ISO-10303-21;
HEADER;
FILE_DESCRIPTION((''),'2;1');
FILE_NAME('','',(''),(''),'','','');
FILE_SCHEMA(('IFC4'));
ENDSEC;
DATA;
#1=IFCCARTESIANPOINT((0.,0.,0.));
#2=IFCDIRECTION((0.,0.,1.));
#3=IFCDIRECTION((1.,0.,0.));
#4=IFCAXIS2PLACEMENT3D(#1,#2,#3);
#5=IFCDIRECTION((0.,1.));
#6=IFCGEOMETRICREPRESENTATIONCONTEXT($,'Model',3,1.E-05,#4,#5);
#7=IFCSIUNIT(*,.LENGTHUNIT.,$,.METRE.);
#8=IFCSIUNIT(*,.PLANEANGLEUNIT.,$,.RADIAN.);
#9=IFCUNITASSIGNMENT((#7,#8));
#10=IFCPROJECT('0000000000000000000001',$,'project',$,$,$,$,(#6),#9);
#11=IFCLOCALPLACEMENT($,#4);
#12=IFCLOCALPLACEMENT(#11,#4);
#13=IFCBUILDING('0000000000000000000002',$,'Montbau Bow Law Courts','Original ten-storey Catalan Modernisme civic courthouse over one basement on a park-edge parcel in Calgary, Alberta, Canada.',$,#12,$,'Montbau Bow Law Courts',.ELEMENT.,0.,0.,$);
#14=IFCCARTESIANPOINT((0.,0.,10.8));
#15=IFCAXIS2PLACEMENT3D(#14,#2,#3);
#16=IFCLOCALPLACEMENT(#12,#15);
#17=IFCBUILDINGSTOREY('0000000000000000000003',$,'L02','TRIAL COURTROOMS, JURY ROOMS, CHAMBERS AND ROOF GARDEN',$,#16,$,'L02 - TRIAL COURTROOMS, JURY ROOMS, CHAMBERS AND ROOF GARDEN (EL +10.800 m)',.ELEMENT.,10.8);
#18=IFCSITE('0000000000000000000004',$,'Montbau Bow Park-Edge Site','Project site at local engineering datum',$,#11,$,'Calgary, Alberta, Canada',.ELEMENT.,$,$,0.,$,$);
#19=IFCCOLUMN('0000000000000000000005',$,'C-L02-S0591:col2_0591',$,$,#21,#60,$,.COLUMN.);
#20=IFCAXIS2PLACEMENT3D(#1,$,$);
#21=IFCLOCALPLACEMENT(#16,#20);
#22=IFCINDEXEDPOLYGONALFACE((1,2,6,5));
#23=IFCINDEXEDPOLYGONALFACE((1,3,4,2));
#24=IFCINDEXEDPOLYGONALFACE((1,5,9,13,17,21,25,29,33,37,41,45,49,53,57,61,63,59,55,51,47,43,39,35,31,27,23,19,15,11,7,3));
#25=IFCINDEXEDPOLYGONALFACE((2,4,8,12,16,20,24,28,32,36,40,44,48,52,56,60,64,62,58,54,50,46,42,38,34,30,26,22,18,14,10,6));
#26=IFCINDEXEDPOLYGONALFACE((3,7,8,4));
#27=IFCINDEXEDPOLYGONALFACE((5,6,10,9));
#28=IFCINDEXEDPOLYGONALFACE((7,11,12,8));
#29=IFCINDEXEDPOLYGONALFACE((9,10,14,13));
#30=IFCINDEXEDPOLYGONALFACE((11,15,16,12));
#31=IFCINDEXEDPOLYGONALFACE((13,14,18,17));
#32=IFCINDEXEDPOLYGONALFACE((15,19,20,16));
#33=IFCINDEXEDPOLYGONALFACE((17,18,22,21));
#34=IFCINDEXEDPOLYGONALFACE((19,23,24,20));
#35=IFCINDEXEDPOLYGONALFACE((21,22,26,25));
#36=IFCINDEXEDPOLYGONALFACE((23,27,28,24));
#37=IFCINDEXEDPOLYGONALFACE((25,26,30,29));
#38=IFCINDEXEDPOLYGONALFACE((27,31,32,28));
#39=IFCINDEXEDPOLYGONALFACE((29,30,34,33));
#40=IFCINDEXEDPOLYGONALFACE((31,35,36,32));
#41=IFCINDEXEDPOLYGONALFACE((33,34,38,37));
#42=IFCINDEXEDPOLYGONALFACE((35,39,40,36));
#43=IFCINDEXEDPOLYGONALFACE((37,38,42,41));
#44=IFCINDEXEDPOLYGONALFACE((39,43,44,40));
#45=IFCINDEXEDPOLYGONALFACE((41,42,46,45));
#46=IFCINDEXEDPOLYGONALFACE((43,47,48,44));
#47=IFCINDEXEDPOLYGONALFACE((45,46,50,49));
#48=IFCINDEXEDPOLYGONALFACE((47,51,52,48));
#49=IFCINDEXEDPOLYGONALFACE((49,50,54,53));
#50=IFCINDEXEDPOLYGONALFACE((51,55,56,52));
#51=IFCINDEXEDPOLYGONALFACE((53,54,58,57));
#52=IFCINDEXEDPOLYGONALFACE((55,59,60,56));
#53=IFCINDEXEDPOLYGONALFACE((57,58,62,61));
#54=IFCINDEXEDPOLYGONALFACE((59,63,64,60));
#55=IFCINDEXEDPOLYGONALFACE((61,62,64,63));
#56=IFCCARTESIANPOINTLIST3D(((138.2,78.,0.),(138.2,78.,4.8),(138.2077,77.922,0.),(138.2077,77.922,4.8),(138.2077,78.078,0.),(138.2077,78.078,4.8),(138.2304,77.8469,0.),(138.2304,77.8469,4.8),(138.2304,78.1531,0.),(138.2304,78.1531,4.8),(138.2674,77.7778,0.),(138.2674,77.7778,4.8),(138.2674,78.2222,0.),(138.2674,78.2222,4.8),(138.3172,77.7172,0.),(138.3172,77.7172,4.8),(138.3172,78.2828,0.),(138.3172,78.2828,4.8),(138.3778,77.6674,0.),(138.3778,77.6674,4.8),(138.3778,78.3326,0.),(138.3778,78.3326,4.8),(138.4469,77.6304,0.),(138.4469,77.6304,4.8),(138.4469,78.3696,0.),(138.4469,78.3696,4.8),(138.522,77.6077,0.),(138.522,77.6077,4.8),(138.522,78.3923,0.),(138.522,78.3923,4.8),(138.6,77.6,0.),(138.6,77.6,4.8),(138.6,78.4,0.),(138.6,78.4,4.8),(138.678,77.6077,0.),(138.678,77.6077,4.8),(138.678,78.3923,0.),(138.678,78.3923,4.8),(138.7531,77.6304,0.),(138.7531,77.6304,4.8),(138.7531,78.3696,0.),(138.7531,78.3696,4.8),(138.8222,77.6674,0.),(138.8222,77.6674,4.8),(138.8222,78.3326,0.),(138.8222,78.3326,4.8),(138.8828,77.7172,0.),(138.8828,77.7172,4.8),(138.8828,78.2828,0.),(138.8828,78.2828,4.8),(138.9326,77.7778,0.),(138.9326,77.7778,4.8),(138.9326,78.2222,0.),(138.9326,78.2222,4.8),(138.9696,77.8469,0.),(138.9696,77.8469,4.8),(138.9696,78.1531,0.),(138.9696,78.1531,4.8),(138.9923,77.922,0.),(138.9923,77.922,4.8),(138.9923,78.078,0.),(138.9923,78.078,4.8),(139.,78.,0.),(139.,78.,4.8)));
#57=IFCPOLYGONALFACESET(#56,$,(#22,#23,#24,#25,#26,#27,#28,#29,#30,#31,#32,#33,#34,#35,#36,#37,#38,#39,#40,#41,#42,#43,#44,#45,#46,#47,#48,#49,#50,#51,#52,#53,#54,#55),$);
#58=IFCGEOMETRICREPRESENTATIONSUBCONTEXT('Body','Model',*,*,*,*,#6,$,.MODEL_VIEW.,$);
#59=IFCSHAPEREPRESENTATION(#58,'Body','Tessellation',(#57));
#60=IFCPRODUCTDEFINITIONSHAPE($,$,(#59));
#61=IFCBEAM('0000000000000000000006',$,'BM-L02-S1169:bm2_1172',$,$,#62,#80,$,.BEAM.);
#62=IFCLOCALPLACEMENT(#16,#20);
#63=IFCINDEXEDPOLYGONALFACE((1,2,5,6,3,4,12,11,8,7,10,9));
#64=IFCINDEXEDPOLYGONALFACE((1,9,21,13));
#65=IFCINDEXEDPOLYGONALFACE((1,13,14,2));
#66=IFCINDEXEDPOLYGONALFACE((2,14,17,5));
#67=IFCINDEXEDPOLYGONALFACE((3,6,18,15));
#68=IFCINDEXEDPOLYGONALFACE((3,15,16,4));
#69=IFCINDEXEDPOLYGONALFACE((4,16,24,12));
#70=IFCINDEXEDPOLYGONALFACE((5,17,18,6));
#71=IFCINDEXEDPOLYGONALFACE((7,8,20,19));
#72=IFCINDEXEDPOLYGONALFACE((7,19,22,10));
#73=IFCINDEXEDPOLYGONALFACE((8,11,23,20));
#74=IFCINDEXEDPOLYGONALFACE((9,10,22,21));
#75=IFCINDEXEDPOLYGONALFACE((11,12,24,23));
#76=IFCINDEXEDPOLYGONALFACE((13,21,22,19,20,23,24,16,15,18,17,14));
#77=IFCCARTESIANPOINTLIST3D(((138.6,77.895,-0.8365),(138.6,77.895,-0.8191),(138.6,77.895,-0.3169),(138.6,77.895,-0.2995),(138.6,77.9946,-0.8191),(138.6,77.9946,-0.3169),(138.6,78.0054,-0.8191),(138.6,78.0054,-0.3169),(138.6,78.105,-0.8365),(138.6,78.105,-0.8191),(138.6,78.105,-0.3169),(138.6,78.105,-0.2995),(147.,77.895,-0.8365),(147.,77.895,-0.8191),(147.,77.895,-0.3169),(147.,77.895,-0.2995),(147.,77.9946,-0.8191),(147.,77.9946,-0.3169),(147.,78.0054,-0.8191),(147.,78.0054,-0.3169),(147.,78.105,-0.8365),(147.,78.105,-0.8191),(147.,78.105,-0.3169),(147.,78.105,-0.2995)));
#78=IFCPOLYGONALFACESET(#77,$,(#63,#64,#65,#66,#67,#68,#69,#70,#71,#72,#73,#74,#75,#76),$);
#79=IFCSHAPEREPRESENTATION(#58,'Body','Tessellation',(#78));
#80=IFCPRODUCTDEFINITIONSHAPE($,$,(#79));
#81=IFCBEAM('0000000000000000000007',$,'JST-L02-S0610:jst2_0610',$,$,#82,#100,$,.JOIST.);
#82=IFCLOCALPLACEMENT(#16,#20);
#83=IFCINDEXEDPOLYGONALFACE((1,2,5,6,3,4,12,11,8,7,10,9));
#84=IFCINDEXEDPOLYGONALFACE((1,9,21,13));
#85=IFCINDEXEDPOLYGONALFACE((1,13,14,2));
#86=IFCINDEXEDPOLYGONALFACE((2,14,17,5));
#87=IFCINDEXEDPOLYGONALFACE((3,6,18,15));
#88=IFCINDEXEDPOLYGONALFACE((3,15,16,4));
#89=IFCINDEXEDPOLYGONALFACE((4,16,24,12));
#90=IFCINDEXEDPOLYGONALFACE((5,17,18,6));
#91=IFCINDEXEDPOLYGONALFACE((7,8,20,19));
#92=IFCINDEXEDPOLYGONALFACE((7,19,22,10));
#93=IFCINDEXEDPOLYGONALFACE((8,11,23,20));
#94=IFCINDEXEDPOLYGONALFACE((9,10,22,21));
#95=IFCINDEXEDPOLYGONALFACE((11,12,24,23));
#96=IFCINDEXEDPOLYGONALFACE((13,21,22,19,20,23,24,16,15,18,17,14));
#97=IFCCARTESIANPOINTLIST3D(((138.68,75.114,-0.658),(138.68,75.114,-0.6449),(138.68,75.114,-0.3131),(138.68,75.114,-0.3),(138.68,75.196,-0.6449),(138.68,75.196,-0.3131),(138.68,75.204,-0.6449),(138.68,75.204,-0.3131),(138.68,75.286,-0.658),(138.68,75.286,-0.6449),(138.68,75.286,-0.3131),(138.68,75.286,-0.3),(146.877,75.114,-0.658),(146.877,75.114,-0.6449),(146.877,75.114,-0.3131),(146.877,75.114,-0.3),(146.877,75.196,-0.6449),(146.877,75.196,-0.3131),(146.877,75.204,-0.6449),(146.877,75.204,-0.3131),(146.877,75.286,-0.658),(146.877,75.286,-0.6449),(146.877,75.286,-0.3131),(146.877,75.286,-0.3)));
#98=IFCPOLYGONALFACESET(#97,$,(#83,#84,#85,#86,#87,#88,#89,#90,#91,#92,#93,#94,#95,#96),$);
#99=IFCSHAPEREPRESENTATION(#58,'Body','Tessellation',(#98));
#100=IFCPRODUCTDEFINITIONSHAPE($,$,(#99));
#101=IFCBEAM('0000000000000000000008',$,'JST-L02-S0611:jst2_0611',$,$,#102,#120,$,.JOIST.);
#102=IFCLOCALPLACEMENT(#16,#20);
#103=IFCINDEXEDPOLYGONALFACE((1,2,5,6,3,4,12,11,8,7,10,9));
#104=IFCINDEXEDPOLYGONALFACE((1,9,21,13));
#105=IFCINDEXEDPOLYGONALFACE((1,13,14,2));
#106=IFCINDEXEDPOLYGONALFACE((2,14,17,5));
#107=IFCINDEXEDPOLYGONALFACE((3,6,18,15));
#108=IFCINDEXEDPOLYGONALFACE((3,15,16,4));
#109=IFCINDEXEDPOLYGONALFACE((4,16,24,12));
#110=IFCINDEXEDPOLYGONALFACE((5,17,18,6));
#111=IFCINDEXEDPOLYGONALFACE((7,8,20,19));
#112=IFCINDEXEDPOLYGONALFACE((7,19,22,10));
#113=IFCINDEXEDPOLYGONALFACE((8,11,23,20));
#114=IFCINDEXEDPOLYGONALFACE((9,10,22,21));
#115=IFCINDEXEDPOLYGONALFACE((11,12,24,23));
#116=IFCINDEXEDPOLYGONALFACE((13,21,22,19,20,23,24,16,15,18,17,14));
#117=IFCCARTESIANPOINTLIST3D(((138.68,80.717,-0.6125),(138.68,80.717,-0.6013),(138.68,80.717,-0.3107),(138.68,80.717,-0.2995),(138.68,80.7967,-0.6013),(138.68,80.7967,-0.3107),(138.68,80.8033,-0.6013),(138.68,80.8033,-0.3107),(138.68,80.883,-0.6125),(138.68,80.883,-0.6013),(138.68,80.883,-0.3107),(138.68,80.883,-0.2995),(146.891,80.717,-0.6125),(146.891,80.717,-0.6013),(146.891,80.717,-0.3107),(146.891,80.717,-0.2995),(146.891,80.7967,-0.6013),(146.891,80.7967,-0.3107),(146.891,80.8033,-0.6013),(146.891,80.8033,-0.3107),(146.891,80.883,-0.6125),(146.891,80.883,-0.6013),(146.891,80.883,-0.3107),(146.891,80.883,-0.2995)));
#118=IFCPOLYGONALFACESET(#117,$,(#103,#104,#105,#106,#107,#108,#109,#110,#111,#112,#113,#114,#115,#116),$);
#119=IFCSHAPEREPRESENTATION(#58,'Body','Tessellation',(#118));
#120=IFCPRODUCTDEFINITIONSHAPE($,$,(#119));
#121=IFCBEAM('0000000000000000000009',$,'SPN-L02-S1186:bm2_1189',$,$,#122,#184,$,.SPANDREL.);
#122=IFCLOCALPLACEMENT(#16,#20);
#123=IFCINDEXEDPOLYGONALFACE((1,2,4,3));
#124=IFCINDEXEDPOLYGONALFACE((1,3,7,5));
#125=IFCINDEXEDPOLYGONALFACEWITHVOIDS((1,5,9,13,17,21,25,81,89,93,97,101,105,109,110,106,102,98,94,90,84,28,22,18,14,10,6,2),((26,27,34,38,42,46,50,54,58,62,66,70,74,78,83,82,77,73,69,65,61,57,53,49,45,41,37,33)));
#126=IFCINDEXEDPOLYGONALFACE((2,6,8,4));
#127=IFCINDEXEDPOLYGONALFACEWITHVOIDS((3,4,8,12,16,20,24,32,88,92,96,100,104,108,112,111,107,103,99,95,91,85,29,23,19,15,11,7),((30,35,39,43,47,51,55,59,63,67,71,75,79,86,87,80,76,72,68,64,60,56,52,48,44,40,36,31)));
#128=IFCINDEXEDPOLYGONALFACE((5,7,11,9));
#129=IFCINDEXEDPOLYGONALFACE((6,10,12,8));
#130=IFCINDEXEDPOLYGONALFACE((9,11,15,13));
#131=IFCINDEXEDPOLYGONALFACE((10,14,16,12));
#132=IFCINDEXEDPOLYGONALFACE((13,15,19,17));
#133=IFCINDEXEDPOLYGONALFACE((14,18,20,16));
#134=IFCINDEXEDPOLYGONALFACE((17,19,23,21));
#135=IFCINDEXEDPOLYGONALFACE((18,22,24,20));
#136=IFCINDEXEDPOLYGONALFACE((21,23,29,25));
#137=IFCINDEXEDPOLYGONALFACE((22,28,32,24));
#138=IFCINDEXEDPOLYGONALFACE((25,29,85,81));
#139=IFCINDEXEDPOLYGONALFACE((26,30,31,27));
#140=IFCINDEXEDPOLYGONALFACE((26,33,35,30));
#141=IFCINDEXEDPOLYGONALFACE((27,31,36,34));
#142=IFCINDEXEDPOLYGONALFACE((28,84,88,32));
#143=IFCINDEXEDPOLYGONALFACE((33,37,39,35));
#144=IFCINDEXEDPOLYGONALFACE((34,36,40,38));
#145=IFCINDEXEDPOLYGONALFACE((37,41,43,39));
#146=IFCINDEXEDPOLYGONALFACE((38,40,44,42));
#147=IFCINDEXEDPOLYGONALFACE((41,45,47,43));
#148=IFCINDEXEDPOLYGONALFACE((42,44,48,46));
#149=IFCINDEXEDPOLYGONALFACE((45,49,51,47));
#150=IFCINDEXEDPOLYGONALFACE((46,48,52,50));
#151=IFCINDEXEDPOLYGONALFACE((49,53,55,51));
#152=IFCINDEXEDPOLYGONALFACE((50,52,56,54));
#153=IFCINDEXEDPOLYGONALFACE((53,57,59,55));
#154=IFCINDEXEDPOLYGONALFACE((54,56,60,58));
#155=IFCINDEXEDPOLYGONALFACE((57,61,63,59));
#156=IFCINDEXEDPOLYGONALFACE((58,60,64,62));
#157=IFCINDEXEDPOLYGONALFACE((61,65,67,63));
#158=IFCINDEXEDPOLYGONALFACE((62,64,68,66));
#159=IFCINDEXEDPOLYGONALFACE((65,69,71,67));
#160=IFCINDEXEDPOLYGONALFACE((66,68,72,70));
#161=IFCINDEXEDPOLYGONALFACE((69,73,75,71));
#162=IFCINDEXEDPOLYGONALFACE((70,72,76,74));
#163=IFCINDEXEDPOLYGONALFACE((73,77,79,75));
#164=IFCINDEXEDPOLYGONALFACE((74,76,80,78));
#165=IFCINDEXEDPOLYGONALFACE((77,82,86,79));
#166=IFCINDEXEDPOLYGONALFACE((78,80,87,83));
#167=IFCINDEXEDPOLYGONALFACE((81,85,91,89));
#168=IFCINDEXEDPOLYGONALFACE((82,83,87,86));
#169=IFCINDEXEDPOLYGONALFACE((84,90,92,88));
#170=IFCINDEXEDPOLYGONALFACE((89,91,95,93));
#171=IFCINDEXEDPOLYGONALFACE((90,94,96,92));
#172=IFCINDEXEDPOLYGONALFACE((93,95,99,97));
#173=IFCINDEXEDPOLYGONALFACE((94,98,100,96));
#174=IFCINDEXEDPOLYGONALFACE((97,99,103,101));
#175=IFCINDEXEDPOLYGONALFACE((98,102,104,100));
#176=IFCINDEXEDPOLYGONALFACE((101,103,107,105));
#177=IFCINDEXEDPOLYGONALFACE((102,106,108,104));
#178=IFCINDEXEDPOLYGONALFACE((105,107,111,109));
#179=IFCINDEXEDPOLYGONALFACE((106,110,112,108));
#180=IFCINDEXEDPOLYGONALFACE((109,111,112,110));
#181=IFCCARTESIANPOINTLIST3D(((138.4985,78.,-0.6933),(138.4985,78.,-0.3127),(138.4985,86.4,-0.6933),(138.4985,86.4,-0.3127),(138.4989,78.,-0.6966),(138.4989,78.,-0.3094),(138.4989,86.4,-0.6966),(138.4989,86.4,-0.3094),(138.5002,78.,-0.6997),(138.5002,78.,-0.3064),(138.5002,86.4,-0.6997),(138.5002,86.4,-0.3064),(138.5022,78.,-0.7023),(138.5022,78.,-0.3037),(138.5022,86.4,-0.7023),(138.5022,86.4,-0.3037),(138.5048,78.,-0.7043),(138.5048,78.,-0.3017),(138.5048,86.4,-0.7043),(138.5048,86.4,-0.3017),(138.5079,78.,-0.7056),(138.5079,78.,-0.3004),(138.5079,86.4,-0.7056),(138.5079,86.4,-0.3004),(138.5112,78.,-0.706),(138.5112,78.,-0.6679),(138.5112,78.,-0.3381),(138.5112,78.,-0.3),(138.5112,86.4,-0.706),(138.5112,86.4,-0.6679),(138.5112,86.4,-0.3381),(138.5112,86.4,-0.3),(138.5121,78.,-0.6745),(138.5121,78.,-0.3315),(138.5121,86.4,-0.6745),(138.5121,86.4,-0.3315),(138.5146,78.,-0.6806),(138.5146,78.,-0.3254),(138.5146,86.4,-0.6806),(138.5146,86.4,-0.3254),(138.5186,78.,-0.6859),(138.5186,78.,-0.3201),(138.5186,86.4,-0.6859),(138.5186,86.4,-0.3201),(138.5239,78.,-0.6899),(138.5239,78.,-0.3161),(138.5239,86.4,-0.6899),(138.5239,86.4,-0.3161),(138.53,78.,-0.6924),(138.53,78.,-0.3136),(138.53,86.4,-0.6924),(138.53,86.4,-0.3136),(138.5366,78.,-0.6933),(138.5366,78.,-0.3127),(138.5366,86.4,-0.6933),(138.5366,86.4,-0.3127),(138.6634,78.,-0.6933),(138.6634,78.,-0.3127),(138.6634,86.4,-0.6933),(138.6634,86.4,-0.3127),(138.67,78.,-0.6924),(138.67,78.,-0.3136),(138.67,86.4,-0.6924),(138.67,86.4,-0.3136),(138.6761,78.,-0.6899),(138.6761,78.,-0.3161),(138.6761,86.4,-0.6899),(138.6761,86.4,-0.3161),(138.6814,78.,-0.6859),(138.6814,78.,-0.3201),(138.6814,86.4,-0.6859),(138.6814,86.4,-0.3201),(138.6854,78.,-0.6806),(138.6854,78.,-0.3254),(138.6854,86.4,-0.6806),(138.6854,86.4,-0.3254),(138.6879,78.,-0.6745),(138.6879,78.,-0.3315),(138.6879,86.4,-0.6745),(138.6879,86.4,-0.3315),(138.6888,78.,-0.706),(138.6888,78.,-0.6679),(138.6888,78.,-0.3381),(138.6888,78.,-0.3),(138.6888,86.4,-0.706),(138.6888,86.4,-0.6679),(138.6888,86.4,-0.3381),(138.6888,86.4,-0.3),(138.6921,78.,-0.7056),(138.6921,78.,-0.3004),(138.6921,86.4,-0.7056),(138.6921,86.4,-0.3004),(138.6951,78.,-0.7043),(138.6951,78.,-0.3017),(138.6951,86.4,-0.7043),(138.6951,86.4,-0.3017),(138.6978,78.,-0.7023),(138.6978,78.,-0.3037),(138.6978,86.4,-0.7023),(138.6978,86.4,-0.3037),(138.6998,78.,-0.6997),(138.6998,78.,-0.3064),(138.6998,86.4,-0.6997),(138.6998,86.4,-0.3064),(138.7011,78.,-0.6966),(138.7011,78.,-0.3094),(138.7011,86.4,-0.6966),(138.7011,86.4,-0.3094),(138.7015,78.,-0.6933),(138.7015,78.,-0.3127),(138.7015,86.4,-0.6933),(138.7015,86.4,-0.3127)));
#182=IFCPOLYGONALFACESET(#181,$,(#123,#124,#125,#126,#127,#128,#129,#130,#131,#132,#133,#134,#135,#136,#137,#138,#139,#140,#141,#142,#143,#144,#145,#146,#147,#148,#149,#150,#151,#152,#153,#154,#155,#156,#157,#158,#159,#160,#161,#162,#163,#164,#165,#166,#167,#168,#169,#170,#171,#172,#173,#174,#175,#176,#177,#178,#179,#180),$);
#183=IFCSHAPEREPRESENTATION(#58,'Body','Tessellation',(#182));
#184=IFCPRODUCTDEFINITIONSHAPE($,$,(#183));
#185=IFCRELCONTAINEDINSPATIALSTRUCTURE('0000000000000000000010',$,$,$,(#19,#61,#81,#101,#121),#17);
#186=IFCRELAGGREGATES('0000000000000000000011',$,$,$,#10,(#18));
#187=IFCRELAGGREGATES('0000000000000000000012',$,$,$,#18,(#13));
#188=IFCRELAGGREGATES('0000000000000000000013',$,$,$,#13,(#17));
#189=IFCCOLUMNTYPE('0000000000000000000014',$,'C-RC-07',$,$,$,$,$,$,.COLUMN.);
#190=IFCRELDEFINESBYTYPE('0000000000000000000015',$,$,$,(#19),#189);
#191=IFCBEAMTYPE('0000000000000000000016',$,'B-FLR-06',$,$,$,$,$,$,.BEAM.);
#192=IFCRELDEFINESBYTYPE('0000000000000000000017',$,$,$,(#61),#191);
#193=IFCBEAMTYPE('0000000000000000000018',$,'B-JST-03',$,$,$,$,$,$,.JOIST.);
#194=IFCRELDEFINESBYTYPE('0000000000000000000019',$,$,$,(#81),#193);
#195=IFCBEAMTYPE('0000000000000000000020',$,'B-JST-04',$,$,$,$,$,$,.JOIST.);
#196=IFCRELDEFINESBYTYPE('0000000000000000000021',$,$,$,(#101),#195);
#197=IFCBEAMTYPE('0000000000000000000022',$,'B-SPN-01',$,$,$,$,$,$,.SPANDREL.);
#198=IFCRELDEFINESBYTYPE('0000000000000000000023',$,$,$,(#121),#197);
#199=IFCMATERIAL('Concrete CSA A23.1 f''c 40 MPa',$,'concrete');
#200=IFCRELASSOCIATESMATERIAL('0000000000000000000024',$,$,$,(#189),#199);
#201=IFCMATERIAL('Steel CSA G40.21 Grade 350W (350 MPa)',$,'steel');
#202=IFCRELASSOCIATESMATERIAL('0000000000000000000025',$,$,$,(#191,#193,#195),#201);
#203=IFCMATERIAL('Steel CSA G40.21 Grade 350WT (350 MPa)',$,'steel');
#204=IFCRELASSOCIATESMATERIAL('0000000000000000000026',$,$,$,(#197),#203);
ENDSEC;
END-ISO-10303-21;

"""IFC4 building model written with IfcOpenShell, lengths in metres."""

from ifc_helpers import new_model, si_unit, direction, frame, origin_with_axes, origin_2d_with_axis, place, context, subcontext, project, spatial, hollow_rectangle, circle, i_section, extrude, material, material_profile, profile_set, type_object, element, save


model = new_model("IFC4")

# Units and contexts
model_context = context("Model", 3, precision=1e-05, world=origin_with_axes(), true_north=direction((0.0, 1.0)))
body_context = subcontext(model_context, "Body", "Model", "MODEL_VIEW")
ifc_project = project(units=[si_unit("LENGTHUNIT", "METRE"), si_unit("PLANEANGLEUNIT", "RADIAN")], contexts=[model_context])

# Site, building, storey
site_placement = place(None, origin_with_axes())
site = spatial("IfcSite", under=ifc_project, at=site_placement, Name="Montbau Bow Park-Edge Site", Description="Project site at local engineering datum", LongName="Calgary, Alberta, Canada", CompositionType="ELEMENT", RefElevation=0.0)
building_placement = place(site_placement, origin_with_axes())
building = spatial("IfcBuilding", under=site, at=building_placement, Name="Montbau Bow Law Courts", Description="Original ten-storey Catalan Modernisme civic courthouse over one basement on a park-edge parcel in Calgary, Alberta, Canada.", LongName="Montbau Bow Law Courts", CompositionType="ELEMENT", ElevationOfRefHeight=0.0, ElevationOfTerrain=0.0)
storey_placement = place(building_placement, frame((0.0, 0.0, 10.8), z_axis=(0.0, 0.0, 1.0), x_axis=(1.0, 0.0, 0.0)))
storey = spatial("IfcBuildingStorey", under=building, at=storey_placement, Name="L02", Description="TRIAL COURTROOMS, JURY ROOMS, CHAMBERS AND ROOF GARDEN", LongName="L02 - TRIAL COURTROOMS, JURY ROOMS, CHAMBERS AND ROOF GARDEN (EL +10.800 m)", CompositionType="ELEMENT", Elevation=10.8)

# Column
ifc_material_1 = material(Name="Concrete CSA A23.1 f'c 40 MPa", Category="concrete")
ifc_material_profile_1 = material_profile(ifc_material_1, circle(Radius=0.4, at=origin_2d_with_axis()), Name="RC800D", Category="Main", Priority=0)
ifc_profile_set_1 = profile_set([ifc_material_profile_1], Name="Concrete CSA A23.1 f'c 40 MPa")
column_type = type_object("IfcColumnType", Name="C-RC-07", PredefinedType="COLUMN", material=ifc_profile_set_1)
column_placement = place(None, frame((138.6, 78.0, 10.8), z_axis=(0.0, 0.0, 1.0), x_axis=(1.0, 0.0, 0.0)))
element("IfcColumn", 1, at=column_placement, inside=storey, type_object=column_type, Name="C-L02-S0591:col2_0591", PredefinedType="COLUMN", context=body_context, shape_type="SweptSolid", body=[
    extrude(circle(Radius=0.4, at=origin_2d_with_axis()), origin_with_axes(), (0.0, 0.0, 1.0), 4.8),
])

# Beams
ifc_material_2 = material(Name="Steel CSA G40.21 Grade 350W (350 MPa)", Category="steel")
ifc_material_profile_2 = material_profile(ifc_material_2, i_section(OverallWidth=0.21, OverallDepth=0.537, WebThickness=0.0109, FlangeThickness=0.0174, at=origin_2d_with_axis()), Name="W530X101", Category="Main", Priority=0)
ifc_profile_set_2 = profile_set([ifc_material_profile_2], Name="Steel CSA G40.21 Grade 350W (350 MPa)")
beam_type_1 = type_object("IfcBeamType", Name="B-FLR-06", PredefinedType="BEAM", material=ifc_profile_set_2)
beam_1_placement = place(None, frame((138.6, 78.0, 10.232), z_axis=(1.0, 0.0, 0.0), x_axis=(0.0, 1.0, 0.0)))
element("IfcBeam", 2, at=beam_1_placement, inside=storey, type_object=beam_type_1, Name="BM-L02-S1169:bm2_1172", PredefinedType="BEAM", context=body_context, shape_type="SweptSolid", body=[
    extrude(i_section(OverallWidth=0.21, OverallDepth=0.537, WebThickness=0.0109, FlangeThickness=0.0174, at=origin_2d_with_axis()), origin_with_axes(), (0.0, 0.0, 1.0), 8.4),
])
ifc_material_profile_3 = material_profile(ifc_material_2, i_section(OverallWidth=0.172, OverallDepth=0.358, WebThickness=0.0079, FlangeThickness=0.0131, at=origin_2d_with_axis()), Name="W360X57", Category="Main", Priority=0)
ifc_profile_set_3 = profile_set([ifc_material_profile_3], Name="Steel CSA G40.21 Grade 350W (350 MPa)")
beam_type_2 = type_object("IfcBeamType", Name="B-JST-03", PredefinedType="JOIST", material=ifc_profile_set_3)
beam_2_placement = place(None, frame((138.68, 75.2, 10.321), z_axis=(1.0, 0.0, 0.0), x_axis=(0.0, 1.0, 0.0)))
element("IfcBeam", 3, at=beam_2_placement, inside=storey, type_object=beam_type_2, Name="JST-L02-S0610:jst2_0610", PredefinedType="JOIST", context=body_context, shape_type="SweptSolid", body=[
    extrude(i_section(OverallWidth=0.172, OverallDepth=0.358, WebThickness=0.0079, FlangeThickness=0.0131, at=origin_2d_with_axis()), origin_with_axes(), (0.0, 0.0, 1.0), 8.197),
])
ifc_material_profile_4 = material_profile(ifc_material_2, i_section(OverallWidth=0.166, OverallDepth=0.313, WebThickness=0.0066, FlangeThickness=0.0112, at=origin_2d_with_axis()), Name="W310X45", Category="Main", Priority=0)
ifc_profile_set_4 = profile_set([ifc_material_profile_4], Name="Steel CSA G40.21 Grade 350W (350 MPa)")
beam_type_3 = type_object("IfcBeamType", Name="B-JST-04", PredefinedType="JOIST", material=ifc_profile_set_4)
beam_3_placement = place(None, frame((138.68, 80.8, 10.344), z_axis=(1.0, 0.0, 0.0), x_axis=(0.0, 1.0, 0.0)))
element("IfcBeam", 4, at=beam_3_placement, inside=storey, type_object=beam_type_3, Name="JST-L02-S0611:jst2_0611", PredefinedType="JOIST", context=body_context, shape_type="SweptSolid", body=[
    extrude(i_section(OverallWidth=0.166, OverallDepth=0.313, WebThickness=0.0066, FlangeThickness=0.0112, at=origin_2d_with_axis()), origin_with_axes(), (0.0, 0.0, 1.0), 8.211),
])
ifc_material_3 = material(Name="Steel CSA G40.21 Grade 350WT (350 MPa)", Category="steel")
ifc_material_profile_5 = material_profile(ifc_material_3, hollow_rectangle(XDim=0.203, YDim=0.406, WallThickness=0.0127, InnerFilletRadius=0.0254, OuterFilletRadius=0.0127, at=origin_2d_with_axis()), Name="HSS406X203X13", Category="Main", Priority=0)
ifc_profile_set_5 = profile_set([ifc_material_profile_5], Name="Steel CSA G40.21 Grade 350WT (350 MPa)")
beam_type_4 = type_object("IfcBeamType", Name="B-SPN-01", PredefinedType="SPANDREL", material=ifc_profile_set_5)
beam_4_placement = place(None, frame((138.6, 78.0, 10.297), z_axis=(0.0, 1.0, 0.0), x_axis=(-1.0, 0.0, 0.0)))
element("IfcBeam", 5, at=beam_4_placement, inside=storey, type_object=beam_type_4, Name="SPN-L02-S1186:bm2_1189", PredefinedType="SPANDREL", context=body_context, shape_type="SweptSolid", body=[
    extrude(hollow_rectangle(XDim=0.203, YDim=0.406, WallThickness=0.0127, InnerFilletRadius=0.0254, OuterFilletRadius=0.0127, at=origin_2d_with_axis()), origin_with_axes(), (0.0, 0.0, 1.0), 8.4),
])

save(model, "model.ifc")
